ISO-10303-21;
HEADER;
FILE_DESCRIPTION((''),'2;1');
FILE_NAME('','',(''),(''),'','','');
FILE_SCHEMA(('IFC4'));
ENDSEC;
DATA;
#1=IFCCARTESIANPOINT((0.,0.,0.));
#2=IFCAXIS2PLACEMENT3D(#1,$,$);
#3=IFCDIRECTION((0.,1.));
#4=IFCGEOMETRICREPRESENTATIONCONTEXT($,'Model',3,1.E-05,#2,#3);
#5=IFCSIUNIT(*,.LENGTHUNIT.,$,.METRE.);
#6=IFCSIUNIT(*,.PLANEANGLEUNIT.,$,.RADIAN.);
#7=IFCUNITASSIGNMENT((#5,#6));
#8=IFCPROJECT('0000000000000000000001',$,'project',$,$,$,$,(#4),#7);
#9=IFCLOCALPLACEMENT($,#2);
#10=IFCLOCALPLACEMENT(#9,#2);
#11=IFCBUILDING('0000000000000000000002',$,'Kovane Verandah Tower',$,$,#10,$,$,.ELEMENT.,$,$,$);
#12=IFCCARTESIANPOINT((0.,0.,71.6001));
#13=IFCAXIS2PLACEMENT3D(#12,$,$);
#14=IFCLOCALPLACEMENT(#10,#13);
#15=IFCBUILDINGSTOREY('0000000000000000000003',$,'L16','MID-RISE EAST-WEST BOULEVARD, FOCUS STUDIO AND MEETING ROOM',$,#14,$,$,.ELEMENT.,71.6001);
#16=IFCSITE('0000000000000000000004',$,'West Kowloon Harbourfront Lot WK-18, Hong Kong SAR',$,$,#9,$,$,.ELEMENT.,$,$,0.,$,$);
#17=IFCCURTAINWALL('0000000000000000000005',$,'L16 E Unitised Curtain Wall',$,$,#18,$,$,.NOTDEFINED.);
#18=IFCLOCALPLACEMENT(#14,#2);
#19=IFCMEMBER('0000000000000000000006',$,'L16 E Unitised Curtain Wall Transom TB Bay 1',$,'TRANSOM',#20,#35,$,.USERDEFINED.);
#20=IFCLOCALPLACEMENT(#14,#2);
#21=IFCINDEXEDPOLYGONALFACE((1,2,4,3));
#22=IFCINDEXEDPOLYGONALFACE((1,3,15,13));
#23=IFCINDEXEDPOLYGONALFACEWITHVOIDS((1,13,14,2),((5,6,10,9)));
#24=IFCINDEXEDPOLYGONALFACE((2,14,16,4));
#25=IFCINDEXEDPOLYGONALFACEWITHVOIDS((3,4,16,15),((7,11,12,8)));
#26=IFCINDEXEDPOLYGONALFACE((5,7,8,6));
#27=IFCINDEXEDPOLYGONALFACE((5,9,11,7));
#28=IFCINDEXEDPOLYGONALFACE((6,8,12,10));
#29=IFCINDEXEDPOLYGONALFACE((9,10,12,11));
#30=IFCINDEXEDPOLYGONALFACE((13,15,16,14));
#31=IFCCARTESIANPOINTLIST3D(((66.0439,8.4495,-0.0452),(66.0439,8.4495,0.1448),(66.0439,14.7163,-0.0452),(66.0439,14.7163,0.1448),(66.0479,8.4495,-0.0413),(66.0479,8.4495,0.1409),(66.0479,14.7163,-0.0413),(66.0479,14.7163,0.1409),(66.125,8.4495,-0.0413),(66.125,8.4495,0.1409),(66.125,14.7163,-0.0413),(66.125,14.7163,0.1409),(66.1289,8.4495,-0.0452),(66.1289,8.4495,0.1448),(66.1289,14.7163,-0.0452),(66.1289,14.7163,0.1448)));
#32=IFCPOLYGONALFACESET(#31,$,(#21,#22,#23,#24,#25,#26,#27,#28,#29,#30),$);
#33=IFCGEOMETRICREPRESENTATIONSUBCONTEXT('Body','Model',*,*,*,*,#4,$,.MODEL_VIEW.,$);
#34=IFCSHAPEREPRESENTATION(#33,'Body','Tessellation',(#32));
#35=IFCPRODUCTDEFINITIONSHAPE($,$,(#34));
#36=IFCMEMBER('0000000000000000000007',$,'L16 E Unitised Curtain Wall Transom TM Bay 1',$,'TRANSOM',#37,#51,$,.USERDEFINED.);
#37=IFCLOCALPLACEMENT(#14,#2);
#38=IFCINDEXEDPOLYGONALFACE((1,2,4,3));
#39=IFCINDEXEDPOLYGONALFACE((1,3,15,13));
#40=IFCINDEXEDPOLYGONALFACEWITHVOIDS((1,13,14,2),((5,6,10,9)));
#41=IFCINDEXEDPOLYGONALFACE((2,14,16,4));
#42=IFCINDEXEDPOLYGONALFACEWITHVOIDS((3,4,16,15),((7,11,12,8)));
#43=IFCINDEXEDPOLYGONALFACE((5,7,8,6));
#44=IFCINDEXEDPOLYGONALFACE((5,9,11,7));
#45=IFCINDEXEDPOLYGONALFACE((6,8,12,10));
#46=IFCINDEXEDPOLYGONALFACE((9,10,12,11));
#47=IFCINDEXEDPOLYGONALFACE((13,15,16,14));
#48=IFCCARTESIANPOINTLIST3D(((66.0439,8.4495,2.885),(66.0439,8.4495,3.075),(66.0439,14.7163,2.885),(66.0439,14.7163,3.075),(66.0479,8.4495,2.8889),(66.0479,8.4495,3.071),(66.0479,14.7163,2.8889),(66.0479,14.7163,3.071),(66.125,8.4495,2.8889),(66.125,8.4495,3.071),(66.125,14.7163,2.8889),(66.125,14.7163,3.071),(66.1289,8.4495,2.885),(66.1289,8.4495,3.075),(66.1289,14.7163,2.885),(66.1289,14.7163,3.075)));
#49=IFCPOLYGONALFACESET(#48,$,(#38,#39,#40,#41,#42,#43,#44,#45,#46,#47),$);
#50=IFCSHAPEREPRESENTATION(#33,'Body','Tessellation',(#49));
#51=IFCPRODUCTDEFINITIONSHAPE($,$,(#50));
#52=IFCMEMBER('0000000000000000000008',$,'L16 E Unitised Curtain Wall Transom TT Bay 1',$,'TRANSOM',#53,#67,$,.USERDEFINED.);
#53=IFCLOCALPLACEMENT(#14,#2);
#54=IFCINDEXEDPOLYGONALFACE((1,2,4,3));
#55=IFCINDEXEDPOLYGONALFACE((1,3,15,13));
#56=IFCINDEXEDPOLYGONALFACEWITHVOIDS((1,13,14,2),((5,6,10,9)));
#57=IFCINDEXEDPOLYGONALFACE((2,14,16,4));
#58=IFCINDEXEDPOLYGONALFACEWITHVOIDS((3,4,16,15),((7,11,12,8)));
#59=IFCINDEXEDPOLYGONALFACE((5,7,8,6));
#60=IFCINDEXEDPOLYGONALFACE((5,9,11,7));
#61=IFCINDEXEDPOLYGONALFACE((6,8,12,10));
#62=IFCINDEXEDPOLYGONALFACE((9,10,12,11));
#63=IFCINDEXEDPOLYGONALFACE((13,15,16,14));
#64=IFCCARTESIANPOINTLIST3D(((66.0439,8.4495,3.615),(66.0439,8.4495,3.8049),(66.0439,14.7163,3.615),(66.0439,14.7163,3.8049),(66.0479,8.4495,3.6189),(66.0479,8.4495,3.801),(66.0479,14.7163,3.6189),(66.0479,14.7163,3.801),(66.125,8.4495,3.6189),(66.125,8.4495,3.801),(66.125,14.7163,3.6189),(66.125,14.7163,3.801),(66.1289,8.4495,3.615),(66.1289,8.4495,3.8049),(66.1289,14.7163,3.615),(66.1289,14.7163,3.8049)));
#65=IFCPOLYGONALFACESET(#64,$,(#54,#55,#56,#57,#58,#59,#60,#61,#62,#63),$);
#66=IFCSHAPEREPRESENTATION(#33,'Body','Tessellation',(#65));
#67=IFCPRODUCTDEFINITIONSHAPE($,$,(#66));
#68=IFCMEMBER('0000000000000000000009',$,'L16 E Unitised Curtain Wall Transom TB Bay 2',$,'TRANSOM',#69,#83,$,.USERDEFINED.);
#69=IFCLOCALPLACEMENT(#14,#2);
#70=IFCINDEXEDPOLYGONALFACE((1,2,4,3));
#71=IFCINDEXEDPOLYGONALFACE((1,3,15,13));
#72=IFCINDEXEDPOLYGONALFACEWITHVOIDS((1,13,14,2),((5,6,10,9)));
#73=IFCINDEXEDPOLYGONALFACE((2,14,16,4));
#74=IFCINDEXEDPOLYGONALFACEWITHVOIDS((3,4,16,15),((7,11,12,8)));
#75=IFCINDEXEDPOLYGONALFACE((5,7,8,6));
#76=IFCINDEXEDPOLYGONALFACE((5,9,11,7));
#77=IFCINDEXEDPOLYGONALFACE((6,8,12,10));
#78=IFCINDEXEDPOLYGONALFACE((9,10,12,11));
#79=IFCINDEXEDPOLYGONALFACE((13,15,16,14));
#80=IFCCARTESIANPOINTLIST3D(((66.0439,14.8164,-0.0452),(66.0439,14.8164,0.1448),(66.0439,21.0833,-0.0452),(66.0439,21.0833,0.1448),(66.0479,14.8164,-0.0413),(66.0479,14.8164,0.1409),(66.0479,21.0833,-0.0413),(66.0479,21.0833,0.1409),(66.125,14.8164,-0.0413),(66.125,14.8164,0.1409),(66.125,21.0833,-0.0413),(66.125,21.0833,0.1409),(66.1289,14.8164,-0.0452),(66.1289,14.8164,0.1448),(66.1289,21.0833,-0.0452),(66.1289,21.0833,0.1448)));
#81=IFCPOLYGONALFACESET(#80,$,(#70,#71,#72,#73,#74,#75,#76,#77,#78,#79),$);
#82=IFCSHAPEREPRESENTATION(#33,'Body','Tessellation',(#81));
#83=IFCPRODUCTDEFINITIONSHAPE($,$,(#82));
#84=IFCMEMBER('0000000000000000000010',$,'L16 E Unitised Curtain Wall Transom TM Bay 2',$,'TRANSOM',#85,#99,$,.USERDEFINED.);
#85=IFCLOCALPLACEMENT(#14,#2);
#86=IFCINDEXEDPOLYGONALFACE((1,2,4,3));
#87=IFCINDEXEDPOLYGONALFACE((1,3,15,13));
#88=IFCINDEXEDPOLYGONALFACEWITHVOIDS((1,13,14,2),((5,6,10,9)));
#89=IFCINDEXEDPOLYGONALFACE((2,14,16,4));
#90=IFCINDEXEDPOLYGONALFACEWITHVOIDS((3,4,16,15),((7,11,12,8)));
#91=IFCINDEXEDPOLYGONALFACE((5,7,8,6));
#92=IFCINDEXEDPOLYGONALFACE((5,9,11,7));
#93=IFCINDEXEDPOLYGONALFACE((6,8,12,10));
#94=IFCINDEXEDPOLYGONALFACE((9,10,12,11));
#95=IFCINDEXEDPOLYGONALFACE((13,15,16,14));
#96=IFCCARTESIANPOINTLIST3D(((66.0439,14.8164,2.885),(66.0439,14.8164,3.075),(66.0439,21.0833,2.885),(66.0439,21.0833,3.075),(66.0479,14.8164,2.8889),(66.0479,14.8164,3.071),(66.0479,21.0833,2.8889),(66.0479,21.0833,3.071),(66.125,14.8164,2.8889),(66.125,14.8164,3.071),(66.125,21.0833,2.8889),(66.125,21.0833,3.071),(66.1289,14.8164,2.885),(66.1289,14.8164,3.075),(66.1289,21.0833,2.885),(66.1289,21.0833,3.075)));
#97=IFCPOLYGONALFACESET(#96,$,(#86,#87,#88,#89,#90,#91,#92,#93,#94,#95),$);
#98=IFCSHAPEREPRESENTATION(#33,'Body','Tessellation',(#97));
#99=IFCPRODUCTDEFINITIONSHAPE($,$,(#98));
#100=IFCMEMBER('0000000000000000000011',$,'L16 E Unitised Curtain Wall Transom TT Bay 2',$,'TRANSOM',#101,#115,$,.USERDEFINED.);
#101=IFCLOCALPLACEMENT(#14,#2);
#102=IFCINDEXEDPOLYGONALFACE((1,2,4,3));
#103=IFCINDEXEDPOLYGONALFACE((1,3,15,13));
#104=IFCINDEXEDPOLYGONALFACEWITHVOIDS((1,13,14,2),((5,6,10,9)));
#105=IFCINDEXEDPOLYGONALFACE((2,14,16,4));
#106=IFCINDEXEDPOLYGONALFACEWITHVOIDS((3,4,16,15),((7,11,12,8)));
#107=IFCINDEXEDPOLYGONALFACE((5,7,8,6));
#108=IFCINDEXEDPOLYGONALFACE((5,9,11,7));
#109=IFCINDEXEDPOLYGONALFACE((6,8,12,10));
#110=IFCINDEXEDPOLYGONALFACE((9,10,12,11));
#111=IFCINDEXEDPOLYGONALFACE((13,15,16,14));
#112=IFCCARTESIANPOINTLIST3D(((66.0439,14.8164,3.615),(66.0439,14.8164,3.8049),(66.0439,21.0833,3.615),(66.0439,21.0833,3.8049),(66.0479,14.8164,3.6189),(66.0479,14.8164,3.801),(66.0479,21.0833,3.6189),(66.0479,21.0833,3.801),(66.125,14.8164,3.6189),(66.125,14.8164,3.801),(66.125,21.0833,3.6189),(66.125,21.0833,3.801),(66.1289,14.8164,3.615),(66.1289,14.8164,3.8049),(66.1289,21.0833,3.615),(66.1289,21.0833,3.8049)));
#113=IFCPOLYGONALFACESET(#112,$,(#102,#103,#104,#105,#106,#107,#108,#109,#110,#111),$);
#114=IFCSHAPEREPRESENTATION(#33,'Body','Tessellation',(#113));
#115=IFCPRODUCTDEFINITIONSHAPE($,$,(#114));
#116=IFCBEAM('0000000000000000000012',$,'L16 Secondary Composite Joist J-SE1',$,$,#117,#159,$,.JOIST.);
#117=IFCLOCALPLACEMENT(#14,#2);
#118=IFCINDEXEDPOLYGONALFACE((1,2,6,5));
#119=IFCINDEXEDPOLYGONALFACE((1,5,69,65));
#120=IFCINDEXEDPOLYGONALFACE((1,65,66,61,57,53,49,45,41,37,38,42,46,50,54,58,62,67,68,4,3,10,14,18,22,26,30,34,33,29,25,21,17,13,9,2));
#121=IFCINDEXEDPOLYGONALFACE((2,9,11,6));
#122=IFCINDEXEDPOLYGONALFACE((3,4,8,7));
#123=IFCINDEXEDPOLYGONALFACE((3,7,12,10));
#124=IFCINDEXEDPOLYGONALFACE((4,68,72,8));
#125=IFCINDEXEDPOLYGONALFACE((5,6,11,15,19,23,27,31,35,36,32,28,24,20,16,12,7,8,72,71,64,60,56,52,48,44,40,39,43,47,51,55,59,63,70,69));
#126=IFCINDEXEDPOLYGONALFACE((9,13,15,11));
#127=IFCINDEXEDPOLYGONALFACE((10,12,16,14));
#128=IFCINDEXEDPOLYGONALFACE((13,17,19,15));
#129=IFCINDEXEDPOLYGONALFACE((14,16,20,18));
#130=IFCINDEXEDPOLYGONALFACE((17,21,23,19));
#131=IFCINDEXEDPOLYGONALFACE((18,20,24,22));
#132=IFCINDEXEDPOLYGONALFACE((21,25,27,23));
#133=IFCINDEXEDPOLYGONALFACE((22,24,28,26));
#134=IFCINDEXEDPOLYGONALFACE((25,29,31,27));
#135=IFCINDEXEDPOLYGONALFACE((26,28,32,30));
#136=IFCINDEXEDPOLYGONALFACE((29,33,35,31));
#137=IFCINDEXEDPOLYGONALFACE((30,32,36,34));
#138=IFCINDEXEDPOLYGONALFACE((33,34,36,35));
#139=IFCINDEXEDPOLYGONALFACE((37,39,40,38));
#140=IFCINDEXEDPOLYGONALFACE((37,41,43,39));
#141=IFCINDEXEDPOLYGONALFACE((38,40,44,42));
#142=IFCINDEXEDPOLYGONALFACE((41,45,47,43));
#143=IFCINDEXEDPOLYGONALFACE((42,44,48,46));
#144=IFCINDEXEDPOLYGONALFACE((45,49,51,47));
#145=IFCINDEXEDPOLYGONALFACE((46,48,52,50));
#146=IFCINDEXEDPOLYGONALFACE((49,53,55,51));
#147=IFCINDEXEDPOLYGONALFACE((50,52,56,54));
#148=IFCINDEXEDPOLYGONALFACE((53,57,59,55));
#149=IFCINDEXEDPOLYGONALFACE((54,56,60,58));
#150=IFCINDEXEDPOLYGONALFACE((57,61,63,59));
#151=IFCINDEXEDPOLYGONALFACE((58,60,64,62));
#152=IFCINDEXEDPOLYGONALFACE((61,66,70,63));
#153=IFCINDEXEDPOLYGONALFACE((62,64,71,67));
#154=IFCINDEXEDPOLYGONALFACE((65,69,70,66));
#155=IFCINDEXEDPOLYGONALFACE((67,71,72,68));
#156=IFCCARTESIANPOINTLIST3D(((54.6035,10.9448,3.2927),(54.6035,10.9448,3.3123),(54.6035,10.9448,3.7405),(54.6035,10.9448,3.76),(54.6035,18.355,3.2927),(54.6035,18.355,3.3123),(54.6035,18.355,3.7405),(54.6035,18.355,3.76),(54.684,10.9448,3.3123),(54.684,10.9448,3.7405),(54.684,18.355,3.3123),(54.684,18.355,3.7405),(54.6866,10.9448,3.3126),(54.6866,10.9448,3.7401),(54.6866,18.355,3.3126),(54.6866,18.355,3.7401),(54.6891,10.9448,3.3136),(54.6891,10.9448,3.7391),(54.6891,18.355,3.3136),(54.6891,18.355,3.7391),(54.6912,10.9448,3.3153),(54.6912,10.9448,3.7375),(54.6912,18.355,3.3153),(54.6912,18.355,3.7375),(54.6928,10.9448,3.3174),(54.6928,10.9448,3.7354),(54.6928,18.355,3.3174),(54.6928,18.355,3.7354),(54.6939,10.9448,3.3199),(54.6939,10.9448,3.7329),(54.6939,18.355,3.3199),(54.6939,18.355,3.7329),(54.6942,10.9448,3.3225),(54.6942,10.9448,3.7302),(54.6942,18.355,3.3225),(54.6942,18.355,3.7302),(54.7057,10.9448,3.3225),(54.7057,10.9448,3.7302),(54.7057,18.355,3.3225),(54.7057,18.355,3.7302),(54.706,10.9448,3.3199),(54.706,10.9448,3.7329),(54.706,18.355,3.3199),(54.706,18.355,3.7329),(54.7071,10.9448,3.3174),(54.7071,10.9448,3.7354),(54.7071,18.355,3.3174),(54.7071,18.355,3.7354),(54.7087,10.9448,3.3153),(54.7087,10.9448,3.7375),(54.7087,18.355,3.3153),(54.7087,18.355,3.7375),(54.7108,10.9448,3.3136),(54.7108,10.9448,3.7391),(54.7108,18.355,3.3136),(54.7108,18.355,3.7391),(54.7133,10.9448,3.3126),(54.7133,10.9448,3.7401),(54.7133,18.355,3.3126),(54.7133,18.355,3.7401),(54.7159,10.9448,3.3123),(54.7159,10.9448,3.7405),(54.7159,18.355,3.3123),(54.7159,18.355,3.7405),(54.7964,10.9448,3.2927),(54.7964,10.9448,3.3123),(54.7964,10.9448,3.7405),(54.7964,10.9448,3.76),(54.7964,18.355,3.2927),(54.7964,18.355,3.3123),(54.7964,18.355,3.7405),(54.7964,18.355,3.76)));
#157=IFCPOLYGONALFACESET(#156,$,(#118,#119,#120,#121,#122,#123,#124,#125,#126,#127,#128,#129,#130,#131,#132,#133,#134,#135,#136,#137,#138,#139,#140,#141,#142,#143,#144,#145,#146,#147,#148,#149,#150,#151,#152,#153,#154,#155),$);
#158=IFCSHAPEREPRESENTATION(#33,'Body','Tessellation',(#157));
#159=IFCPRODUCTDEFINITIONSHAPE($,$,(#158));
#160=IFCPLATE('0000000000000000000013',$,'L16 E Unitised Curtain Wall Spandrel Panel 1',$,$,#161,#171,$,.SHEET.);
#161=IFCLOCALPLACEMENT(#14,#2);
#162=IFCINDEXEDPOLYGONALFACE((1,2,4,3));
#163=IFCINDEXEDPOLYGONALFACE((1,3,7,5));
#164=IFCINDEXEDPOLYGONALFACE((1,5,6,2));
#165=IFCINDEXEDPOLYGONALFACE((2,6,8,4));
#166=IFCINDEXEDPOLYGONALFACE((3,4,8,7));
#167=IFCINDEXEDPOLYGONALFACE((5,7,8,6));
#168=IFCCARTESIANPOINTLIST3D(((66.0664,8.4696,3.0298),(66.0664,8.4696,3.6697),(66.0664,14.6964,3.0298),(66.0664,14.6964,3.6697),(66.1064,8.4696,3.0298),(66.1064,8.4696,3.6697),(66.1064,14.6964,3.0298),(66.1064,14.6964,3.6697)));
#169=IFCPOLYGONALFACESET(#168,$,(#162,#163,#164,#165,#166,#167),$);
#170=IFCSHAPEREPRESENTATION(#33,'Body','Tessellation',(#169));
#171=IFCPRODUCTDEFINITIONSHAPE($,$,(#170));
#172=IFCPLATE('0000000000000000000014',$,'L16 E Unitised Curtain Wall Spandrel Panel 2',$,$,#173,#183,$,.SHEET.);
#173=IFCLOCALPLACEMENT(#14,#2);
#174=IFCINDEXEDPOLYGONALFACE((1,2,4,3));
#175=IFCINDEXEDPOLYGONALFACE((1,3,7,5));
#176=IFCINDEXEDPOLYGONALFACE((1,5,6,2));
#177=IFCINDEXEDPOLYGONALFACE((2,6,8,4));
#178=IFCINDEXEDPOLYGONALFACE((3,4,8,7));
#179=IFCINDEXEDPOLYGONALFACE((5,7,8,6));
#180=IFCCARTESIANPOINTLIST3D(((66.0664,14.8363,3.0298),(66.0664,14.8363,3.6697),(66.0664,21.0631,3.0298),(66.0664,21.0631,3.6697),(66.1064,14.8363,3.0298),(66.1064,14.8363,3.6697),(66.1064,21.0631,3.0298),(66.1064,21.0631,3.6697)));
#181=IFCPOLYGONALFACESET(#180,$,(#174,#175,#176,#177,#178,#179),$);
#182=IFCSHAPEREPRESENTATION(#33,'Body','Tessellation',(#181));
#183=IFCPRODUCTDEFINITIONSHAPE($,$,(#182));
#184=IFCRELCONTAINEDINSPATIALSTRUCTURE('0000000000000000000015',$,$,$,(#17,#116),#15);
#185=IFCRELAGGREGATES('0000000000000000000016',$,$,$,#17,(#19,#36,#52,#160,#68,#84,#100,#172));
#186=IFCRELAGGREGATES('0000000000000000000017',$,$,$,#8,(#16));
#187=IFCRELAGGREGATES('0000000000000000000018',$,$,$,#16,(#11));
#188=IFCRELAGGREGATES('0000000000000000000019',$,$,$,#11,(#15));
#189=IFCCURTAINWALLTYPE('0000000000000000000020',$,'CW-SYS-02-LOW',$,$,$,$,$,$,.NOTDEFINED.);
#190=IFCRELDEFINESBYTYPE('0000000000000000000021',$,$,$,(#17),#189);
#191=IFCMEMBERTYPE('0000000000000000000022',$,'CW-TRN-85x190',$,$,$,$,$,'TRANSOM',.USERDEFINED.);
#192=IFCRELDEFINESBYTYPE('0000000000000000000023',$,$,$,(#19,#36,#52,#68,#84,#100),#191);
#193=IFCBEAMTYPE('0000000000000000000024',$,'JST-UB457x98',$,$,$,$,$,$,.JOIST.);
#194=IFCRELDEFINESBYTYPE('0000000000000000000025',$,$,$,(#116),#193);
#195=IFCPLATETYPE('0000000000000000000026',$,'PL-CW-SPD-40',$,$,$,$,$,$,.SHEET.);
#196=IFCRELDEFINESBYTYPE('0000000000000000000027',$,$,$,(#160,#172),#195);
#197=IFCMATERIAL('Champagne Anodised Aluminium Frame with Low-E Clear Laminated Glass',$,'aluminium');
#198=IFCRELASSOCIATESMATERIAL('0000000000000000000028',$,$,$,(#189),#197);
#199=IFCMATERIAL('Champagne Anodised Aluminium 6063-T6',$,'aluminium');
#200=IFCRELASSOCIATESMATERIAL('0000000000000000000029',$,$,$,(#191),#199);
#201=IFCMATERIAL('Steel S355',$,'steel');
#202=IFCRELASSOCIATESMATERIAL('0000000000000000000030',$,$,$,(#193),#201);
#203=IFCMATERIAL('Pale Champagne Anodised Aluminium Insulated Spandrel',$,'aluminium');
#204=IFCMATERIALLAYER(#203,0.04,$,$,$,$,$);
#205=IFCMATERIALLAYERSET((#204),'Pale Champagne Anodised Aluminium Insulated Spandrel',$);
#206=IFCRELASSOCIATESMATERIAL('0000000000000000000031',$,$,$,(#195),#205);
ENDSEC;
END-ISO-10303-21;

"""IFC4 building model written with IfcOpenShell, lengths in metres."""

from ifc_helpers import new_model, si_unit, direction, frame, origin, origin_2d, place, context, subcontext, project, spatial, rectangle, hollow_rectangle, i_section, extrude, material, layer, layer_set, material_profile, profile_set, type_object, element, aggregate, save


model = new_model("IFC4")

# Units and contexts
model_context = context("Model", 3, precision=1e-05, world=origin(), true_north=direction((0.0, 1.0)))
body_context = subcontext(model_context, "Body", "Model", "MODEL_VIEW")
ifc_project = project(units=[si_unit("LENGTHUNIT", "METRE"), si_unit("PLANEANGLEUNIT", "RADIAN")], contexts=[model_context])

# Site, building, storey
site_placement = place(None, origin())
site = spatial("IfcSite", under=ifc_project, at=site_placement, Name="West Kowloon Harbourfront Lot WK-18, Hong Kong SAR", CompositionType="ELEMENT", RefElevation=0.0)
building_placement = place(site_placement, origin())
building = spatial("IfcBuilding", under=site, at=building_placement, Name="Kovane Verandah Tower", CompositionType="ELEMENT")
storey_placement = place(building_placement, frame((0.0, 0.0, 71.6001)))
storey = spatial("IfcBuildingStorey", under=building, at=storey_placement, Name="L16", Description="MID-RISE EAST-WEST BOULEVARD, FOCUS STUDIO AND MEETING ROOM", CompositionType="ELEMENT", Elevation=71.6001)

# Shared definitions
ifc_material_1 = material(Name="Steel S355", Category="steel")

# Curtain wall, members
ifc_material_2 = material(Name="Champagne Anodised Aluminium Frame with Low-E Clear Laminated Glass", Category="aluminium")
curtain_wall_type = type_object("IfcCurtainWallType", Name="CW-SYS-02-LOW", PredefinedType="NOTDEFINED", material=ifc_material_2)
curtain_wall_placement = place(storey_placement, origin())
curtain_wall = element("IfcCurtainWall", 1, at=curtain_wall_placement, inside=storey, type_object=curtain_wall_type, Name="L16 E Unitised Curtain Wall", PredefinedType="NOTDEFINED")
ifc_material_3 = material(Name="Champagne Anodised Aluminium 6063-T6", Category="aluminium")
ifc_material_profile_1 = material_profile(ifc_material_3, hollow_rectangle(XDim=0.085, YDim=0.1899, WallThickness=0.0039, at=origin_2d()), Name="AL85x190x4")
ifc_profile_set_1 = profile_set([ifc_material_profile_1], Name="Champagne Anodised Aluminium 6063-T6")
member_type_1 = type_object("IfcMemberType", Name="CW-TRN-85x190", ElementType="TRANSOM", PredefinedType="USERDEFINED", material=ifc_profile_set_1)
member_1_placement = place(storey_placement, frame((66.0864, 8.4495, 0.0498), z_axis=(0.0, 1.0, 0.0), x_axis=(-1.0, 0.0, 0.0)))
member_1 = element("IfcMember", 2, at=member_1_placement, type_object=member_type_1, Name="L16 E Unitised Curtain Wall Transom TB Bay 1", ObjectType="TRANSOM", PredefinedType="USERDEFINED", context=body_context, shape_type="SweptSolid", body=[
    extrude(hollow_rectangle(XDim=0.085, YDim=0.1899, WallThickness=0.0039, at=origin_2d()), origin(), (0.0, 0.0, 1.0), 6.2668),
])
member_2_placement = place(storey_placement, frame((66.0864, 8.4495, 2.98), z_axis=(0.0, 1.0, 0.0), x_axis=(-1.0, 0.0, 0.0)))
member_2 = element("IfcMember", 3, at=member_2_placement, type_object=member_type_1, Name="L16 E Unitised Curtain Wall Transom TM Bay 1", ObjectType="TRANSOM", PredefinedType="USERDEFINED", context=body_context, shape_type="SweptSolid", body=[
    extrude(hollow_rectangle(XDim=0.085, YDim=0.1899, WallThickness=0.0039, at=origin_2d()), origin(), (0.0, 0.0, 1.0), 6.2668),
])
member_3_placement = place(storey_placement, frame((66.0864, 8.4495, 3.71), z_axis=(0.0, 1.0, 0.0), x_axis=(-1.0, 0.0, 0.0)))
member_3 = element("IfcMember", 4, at=member_3_placement, type_object=member_type_1, Name="L16 E Unitised Curtain Wall Transom TT Bay 1", ObjectType="TRANSOM", PredefinedType="USERDEFINED", context=body_context, shape_type="SweptSolid", body=[
    extrude(hollow_rectangle(XDim=0.085, YDim=0.1899, WallThickness=0.0039, at=origin_2d()), origin(), (0.0, 0.0, 1.0), 6.2668),
])
member_4_placement = place(storey_placement, frame((66.0864, 14.8164, 0.0498), z_axis=(0.0, 1.0, 0.0), x_axis=(-1.0, 0.0, 0.0)))
member_4 = element("IfcMember", 5, at=member_4_placement, type_object=member_type_1, Name="L16 E Unitised Curtain Wall Transom TB Bay 2", ObjectType="TRANSOM", PredefinedType="USERDEFINED", context=body_context, shape_type="SweptSolid", body=[
    extrude(hollow_rectangle(XDim=0.085, YDim=0.1899, WallThickness=0.0039, at=origin_2d()), origin(), (0.0, 0.0, 1.0), 6.2668),
])
member_5_placement = place(storey_placement, frame((66.0864, 14.8164, 2.98), z_axis=(0.0, 1.0, 0.0), x_axis=(-1.0, 0.0, 0.0)))
member_5 = element("IfcMember", 6, at=member_5_placement, type_object=member_type_1, Name="L16 E Unitised Curtain Wall Transom TM Bay 2", ObjectType="TRANSOM", PredefinedType="USERDEFINED", context=body_context, shape_type="SweptSolid", body=[
    extrude(hollow_rectangle(XDim=0.085, YDim=0.1899, WallThickness=0.0039, at=origin_2d()), origin(), (0.0, 0.0, 1.0), 6.2668),
])
member_6_placement = place(storey_placement, frame((66.0864, 14.8164, 3.71), z_axis=(0.0, 1.0, 0.0), x_axis=(-1.0, 0.0, 0.0)))
member_6 = element("IfcMember", 7, at=member_6_placement, type_object=member_type_1, Name="L16 E Unitised Curtain Wall Transom TT Bay 2", ObjectType="TRANSOM", PredefinedType="USERDEFINED", context=body_context, shape_type="SweptSolid", body=[
    extrude(hollow_rectangle(XDim=0.085, YDim=0.1899, WallThickness=0.0039, at=origin_2d()), origin(), (0.0, 0.0, 1.0), 6.2668),
])

# Beam
ifc_material_profile_2 = material_profile(ifc_material_1, i_section(OverallWidth=0.1929, OverallDepth=0.4673, WebThickness=0.0115, FlangeThickness=0.0195, FilletRadius=0.0103, at=origin_2d()), Name="UB457x191x98")
ifc_profile_set_2 = profile_set([ifc_material_profile_2], Name="Steel S355")
beam_type_1 = type_object("IfcBeamType", Name="JST-UB457x98", PredefinedType="JOIST", material=ifc_profile_set_2)
beam_1_placement = place(storey_placement, frame((54.7, 10.9448, 3.5264), z_axis=(0.0, 1.0, 0.0), x_axis=(-1.0, 0.0, 0.0)))
element("IfcBeam", 8, at=beam_1_placement, inside=storey, type_object=beam_type_1, Name="L16 Secondary Composite Joist J-SE1", PredefinedType="JOIST", context=body_context, shape_type="SweptSolid", body=[
    extrude(i_section(OverallWidth=0.1929, OverallDepth=0.4673, WebThickness=0.0115, FlangeThickness=0.0195, FilletRadius=0.0103, at=origin_2d()), origin(), (0.0, 0.0, 1.0), 7.4102),
])

# Plates
ifc_material_4 = material(Name="Pale Champagne Anodised Aluminium Insulated Spandrel", Category="aluminium")
ifc_layer_1 = layer(ifc_material_4, 0.04)
ifc_layer_set_1 = layer_set([ifc_layer_1], Name="Pale Champagne Anodised Aluminium Insulated Spandrel")
plate_type_1 = type_object("IfcPlateType", Name="PL-CW-SPD-40", PredefinedType="SHEET", material=ifc_layer_set_1)
plate_1_placement = place(storey_placement, frame((66.0864, 11.583, 3.0298), z_axis=(0.0, 0.0, 1.0), x_axis=(0.0, 1.0, 0.0)))
plate_1 = element("IfcPlate", 9, at=plate_1_placement, type_object=plate_type_1, Name="L16 E Unitised Curtain Wall Spandrel Panel 1", PredefinedType="SHEET", context=body_context, shape_type="SweptSolid", body=[
    extrude(rectangle(XDim=6.2268, YDim=0.04, at=origin_2d()), origin(), (0.0, 0.0, 1.0), 0.6399),
])
plate_2_placement = place(storey_placement, frame((66.0864, 17.9497, 3.0298), z_axis=(0.0, 0.0, 1.0), x_axis=(0.0, 1.0, 0.0)))
plate_2 = element("IfcPlate", 10, at=plate_2_placement, type_object=plate_type_1, Name="L16 E Unitised Curtain Wall Spandrel Panel 2", PredefinedType="SHEET", context=body_context, shape_type="SweptSolid", body=[
    extrude(rectangle(XDim=6.2268, YDim=0.04, at=origin_2d()), origin(), (0.0, 0.0, 1.0), 0.6399),
])
aggregate(curtain_wall, [member_1, member_2, member_3, plate_1, member_4, member_5, member_6, plate_2])

save(model, "model.ifc")
